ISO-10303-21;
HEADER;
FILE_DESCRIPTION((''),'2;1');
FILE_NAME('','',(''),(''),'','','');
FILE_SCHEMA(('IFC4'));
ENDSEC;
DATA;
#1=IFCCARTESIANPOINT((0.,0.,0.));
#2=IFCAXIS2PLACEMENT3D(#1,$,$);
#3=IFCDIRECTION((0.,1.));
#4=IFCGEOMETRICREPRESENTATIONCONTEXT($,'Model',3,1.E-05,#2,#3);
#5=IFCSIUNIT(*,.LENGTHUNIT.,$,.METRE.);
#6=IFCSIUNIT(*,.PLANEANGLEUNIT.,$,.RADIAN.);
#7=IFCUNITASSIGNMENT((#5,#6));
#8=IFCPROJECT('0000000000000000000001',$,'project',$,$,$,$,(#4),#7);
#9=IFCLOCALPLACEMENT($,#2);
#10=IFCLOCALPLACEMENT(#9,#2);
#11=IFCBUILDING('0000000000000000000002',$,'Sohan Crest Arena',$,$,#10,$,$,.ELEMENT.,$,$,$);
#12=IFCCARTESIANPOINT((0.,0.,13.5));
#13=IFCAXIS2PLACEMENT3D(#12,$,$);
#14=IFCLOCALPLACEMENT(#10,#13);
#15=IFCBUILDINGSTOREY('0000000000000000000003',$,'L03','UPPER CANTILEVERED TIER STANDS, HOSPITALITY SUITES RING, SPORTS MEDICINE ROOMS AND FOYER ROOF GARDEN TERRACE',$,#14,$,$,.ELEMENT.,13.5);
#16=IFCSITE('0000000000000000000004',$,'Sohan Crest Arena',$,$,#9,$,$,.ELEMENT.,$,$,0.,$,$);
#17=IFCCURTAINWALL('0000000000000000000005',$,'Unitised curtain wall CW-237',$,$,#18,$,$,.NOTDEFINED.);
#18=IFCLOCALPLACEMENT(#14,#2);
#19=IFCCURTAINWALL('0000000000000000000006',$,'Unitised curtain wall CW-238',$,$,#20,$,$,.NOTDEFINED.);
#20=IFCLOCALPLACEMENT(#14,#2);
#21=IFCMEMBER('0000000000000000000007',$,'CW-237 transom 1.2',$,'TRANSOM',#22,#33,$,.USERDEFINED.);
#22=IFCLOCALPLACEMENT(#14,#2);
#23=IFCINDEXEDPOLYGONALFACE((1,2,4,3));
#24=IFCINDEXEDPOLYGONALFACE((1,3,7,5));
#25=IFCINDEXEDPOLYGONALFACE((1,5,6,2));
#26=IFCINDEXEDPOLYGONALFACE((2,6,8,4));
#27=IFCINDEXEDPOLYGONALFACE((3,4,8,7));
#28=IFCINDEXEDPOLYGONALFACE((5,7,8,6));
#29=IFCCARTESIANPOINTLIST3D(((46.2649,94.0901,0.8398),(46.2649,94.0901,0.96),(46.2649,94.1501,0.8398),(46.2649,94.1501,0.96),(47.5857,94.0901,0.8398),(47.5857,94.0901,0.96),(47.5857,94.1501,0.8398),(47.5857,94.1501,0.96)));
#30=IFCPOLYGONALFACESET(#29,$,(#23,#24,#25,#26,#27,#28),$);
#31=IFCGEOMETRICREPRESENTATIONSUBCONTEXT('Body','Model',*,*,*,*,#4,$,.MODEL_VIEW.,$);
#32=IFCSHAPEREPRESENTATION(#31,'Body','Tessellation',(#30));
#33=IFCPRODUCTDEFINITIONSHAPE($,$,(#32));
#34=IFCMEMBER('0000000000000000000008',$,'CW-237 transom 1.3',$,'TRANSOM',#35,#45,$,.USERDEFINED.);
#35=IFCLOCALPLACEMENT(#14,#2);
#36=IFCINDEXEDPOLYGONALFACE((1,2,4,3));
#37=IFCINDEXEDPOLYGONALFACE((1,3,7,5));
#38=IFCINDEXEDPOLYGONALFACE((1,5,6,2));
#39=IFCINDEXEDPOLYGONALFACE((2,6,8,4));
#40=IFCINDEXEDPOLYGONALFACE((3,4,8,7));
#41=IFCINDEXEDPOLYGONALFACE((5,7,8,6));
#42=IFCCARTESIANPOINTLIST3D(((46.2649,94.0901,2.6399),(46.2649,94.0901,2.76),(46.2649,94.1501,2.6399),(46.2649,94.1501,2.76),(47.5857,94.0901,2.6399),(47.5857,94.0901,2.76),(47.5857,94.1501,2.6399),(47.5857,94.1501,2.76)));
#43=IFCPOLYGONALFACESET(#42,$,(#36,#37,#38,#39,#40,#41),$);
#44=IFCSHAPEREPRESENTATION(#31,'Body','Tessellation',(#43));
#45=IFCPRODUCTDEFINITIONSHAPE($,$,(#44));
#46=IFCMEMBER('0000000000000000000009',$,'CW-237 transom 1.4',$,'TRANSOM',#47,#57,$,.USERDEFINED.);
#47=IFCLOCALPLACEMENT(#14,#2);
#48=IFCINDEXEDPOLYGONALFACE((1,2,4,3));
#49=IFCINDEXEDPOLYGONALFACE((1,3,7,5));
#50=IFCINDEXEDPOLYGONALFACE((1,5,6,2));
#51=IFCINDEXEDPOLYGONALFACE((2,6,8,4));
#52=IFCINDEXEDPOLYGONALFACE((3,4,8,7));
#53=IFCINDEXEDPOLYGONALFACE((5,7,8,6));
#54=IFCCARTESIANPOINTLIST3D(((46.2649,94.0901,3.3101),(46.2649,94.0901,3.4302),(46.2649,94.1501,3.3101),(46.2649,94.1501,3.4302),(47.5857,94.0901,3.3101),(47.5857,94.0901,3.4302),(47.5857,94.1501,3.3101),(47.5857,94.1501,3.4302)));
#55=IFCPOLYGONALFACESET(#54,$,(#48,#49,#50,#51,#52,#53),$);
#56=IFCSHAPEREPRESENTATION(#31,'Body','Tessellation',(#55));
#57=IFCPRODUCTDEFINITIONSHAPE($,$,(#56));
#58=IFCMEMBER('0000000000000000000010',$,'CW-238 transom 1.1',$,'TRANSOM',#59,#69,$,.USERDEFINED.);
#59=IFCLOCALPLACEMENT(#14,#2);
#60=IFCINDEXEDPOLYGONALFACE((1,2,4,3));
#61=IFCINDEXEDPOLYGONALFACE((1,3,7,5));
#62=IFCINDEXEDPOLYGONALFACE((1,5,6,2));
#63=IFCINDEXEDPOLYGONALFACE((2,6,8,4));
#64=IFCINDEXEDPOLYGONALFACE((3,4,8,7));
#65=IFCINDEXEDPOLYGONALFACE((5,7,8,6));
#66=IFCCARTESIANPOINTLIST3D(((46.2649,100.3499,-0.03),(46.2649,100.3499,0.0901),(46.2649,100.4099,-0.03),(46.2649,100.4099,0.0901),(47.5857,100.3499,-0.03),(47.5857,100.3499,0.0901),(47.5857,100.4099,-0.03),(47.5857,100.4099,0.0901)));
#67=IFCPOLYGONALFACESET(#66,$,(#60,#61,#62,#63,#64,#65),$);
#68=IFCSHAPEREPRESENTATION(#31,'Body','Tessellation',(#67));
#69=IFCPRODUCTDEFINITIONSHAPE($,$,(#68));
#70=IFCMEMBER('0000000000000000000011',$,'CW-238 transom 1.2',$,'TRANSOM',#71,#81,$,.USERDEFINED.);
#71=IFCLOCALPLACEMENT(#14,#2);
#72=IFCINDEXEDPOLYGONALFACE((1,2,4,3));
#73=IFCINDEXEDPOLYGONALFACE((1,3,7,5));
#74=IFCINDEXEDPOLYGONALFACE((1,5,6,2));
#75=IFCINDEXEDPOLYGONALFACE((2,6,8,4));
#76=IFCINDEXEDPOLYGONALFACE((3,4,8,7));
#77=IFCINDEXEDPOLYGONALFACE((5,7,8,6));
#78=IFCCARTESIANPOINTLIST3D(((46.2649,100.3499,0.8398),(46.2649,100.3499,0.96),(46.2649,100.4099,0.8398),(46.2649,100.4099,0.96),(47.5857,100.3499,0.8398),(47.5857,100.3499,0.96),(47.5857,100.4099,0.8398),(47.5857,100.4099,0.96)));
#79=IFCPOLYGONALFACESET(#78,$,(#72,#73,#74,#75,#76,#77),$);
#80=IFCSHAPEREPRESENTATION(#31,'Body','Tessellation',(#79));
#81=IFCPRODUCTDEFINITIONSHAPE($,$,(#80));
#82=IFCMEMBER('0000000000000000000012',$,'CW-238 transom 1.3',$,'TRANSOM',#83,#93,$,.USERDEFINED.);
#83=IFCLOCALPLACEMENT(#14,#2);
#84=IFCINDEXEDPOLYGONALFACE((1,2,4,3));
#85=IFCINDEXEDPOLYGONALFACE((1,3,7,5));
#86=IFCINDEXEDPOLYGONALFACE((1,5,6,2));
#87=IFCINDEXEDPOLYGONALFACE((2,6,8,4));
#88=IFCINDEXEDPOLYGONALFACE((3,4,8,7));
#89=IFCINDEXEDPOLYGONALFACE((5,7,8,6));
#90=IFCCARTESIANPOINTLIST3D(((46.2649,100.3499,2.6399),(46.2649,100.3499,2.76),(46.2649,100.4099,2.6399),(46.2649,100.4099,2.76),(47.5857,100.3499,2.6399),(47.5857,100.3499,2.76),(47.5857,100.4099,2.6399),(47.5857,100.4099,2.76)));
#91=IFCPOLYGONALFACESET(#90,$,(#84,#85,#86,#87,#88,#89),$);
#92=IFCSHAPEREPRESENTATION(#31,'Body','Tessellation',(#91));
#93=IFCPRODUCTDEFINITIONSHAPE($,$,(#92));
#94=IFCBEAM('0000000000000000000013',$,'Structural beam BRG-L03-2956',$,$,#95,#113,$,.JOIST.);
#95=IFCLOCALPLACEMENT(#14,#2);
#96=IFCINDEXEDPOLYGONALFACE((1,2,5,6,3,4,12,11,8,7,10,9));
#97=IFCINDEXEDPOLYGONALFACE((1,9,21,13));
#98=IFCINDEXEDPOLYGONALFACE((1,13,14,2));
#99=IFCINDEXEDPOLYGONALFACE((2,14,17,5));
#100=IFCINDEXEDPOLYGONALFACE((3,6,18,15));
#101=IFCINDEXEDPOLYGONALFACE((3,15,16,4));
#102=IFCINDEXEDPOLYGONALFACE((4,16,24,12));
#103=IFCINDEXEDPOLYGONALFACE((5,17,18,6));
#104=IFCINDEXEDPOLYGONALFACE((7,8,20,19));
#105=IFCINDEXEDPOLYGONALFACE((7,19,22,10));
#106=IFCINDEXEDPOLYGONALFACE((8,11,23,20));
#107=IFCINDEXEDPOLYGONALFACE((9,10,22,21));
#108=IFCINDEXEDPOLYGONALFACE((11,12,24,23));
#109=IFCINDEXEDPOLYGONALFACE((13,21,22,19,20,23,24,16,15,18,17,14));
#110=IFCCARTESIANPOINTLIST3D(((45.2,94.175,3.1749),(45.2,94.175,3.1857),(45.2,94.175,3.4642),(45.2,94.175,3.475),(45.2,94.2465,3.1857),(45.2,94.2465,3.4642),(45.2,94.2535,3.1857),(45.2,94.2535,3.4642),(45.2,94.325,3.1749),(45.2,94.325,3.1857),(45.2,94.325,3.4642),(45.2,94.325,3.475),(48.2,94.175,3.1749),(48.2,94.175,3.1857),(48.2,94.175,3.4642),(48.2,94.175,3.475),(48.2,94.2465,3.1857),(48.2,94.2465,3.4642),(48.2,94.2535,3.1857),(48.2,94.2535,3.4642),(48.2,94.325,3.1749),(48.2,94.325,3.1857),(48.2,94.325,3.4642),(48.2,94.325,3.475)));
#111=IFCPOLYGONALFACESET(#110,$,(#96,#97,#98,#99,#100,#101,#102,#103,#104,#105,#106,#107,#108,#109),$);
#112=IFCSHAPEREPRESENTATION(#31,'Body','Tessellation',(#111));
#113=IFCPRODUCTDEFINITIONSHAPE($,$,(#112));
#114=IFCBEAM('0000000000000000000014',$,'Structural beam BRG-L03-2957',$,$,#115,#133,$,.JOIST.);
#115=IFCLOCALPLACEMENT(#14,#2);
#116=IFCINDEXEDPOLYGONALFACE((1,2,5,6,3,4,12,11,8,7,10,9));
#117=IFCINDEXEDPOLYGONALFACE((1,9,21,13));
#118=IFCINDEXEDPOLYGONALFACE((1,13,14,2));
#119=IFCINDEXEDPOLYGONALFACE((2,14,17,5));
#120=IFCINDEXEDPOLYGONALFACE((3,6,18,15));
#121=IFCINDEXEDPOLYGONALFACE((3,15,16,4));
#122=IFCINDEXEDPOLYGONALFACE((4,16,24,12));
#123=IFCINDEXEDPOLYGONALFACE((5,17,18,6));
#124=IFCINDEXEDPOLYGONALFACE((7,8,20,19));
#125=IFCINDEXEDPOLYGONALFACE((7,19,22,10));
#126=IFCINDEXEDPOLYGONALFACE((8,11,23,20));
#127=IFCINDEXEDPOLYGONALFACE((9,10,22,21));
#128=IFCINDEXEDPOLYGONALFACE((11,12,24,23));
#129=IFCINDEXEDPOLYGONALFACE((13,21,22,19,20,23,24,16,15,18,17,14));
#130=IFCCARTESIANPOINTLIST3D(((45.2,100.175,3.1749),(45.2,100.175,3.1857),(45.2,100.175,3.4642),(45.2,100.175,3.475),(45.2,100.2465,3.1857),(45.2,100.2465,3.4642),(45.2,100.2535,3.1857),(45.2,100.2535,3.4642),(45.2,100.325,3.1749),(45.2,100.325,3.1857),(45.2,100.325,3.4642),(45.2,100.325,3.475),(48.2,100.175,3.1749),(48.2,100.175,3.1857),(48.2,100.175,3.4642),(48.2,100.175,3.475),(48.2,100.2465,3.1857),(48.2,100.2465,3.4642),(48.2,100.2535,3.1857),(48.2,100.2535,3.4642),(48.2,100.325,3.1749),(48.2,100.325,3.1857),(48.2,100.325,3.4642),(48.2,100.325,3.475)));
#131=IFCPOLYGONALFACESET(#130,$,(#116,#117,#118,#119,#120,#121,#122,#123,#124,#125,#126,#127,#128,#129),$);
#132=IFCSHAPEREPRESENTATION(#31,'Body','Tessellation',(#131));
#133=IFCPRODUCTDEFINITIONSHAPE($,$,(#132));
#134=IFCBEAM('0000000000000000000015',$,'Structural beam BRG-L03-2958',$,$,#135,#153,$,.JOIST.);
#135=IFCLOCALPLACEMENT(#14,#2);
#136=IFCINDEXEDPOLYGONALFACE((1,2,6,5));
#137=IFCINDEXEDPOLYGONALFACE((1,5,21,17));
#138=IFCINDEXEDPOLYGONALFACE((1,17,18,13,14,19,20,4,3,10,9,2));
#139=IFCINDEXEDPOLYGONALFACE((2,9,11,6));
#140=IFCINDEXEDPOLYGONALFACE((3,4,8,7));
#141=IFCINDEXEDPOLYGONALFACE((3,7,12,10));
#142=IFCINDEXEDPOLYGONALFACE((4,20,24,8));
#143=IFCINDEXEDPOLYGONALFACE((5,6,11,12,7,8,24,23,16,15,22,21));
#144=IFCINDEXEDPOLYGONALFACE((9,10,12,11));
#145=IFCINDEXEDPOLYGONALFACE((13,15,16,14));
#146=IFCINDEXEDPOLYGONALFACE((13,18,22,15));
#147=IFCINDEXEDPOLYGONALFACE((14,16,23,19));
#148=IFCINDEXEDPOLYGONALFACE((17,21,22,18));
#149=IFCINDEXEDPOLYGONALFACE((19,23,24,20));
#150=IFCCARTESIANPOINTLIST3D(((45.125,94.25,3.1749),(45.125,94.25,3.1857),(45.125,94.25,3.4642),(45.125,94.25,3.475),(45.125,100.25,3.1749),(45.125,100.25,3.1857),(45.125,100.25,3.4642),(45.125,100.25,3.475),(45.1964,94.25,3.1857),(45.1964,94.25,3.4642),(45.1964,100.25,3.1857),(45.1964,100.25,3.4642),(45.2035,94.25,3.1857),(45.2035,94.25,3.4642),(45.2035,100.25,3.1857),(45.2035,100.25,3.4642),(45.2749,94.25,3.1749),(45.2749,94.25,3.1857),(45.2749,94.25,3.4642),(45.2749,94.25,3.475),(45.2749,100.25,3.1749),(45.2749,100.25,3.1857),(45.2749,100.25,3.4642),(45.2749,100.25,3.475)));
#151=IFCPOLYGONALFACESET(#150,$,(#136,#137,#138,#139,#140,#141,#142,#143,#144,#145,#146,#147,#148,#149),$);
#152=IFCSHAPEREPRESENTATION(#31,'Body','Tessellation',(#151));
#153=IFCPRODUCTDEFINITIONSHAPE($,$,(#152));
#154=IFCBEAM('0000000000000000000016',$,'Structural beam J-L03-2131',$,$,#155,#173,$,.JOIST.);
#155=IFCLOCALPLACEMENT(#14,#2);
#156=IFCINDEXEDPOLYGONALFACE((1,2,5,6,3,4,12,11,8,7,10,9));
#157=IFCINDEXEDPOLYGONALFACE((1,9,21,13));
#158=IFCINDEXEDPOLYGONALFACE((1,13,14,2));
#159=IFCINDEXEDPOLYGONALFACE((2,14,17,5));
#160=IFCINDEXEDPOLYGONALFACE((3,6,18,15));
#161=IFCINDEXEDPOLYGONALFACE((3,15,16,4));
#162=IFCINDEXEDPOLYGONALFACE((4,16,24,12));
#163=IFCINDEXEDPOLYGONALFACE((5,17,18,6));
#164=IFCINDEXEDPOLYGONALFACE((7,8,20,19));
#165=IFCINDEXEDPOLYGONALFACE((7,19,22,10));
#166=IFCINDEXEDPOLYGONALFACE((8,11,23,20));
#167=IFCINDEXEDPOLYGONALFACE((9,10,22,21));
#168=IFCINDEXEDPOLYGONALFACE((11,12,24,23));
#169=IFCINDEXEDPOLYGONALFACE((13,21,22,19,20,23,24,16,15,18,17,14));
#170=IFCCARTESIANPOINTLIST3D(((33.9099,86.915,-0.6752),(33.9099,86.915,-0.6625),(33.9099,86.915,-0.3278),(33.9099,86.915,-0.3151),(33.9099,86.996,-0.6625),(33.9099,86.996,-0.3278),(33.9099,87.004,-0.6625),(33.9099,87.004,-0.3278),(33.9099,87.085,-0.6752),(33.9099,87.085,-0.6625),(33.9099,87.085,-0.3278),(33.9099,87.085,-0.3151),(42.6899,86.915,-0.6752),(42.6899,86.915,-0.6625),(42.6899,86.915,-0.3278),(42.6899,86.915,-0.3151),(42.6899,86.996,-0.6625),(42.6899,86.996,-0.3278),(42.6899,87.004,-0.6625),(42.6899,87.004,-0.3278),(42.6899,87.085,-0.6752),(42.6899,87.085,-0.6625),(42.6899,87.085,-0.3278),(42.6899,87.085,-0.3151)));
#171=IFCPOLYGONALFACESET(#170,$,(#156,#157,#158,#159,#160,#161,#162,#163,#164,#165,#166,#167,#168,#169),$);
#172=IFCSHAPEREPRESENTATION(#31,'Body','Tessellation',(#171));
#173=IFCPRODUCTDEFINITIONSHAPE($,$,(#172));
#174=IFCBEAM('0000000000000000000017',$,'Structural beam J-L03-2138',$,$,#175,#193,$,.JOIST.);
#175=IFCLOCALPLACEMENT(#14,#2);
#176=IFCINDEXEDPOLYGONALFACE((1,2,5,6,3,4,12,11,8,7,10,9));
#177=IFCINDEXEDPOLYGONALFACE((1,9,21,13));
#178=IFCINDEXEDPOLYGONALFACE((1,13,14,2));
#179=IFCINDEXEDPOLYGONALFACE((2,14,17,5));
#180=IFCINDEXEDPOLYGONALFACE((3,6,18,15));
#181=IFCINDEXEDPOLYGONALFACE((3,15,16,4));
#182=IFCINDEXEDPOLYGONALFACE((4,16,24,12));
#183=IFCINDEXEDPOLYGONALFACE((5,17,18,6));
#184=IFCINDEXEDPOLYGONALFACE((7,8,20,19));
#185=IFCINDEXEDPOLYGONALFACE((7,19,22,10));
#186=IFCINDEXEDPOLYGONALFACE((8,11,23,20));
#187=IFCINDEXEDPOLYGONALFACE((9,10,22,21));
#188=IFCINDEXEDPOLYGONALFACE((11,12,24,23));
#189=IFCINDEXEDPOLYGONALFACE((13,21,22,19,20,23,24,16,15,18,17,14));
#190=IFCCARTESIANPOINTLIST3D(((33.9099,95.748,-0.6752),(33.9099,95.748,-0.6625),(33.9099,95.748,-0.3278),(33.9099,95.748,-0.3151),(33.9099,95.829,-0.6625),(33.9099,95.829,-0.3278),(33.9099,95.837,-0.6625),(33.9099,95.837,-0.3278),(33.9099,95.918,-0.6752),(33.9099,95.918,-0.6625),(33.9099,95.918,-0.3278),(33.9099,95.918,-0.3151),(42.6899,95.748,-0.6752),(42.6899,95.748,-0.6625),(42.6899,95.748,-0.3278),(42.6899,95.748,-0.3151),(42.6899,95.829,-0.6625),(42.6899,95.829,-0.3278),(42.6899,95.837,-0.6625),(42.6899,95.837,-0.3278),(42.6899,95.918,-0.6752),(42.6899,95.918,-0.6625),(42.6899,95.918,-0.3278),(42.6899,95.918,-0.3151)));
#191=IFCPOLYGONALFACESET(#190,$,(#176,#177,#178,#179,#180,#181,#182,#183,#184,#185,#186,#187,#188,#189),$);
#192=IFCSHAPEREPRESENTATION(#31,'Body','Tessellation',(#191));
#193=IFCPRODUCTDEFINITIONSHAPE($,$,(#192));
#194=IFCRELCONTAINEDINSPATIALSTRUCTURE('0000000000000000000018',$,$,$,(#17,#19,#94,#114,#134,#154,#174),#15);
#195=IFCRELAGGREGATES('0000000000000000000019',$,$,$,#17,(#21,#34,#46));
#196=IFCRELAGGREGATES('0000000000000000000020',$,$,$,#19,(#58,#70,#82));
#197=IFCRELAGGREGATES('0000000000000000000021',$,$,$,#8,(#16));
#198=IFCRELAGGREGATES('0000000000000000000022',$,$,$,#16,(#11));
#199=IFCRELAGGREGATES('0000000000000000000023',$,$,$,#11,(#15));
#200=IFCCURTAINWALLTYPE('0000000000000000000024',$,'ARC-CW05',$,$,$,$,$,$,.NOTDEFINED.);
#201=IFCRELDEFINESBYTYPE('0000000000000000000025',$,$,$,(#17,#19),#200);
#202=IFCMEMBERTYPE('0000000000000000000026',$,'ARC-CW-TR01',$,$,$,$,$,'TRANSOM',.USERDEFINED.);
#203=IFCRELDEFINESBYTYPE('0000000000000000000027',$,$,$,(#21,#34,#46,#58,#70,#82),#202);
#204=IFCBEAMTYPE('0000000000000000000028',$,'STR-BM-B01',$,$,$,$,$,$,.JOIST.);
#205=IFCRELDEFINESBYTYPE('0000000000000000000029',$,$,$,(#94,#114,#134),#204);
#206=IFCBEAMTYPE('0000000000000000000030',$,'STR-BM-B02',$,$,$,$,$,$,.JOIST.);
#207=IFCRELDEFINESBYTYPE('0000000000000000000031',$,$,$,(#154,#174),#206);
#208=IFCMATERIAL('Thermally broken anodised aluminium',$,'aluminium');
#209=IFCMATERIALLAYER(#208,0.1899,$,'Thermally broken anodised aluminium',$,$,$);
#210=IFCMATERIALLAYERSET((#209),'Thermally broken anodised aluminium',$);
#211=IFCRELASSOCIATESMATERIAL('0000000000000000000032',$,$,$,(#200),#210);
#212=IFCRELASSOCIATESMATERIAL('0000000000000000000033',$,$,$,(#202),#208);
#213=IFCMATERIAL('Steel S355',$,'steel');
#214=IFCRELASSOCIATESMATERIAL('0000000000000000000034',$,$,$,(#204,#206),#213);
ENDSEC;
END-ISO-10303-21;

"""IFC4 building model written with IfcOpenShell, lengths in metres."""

from ifc_helpers import new_model, si_unit, direction, frame, origin, origin_2d, place, context, subcontext, project, spatial, rectangle, i_section, extrude, material, layer, layer_set, material_profile, profile_set, type_object, element, aggregate, save


model = new_model("IFC4")

# Units and contexts
model_context = context("Model", 3, precision=1e-05, world=origin(), true_north=direction((0.0, 1.0)))
body_context = subcontext(model_context, "Body", "Model", "MODEL_VIEW")
ifc_project = project(units=[si_unit("LENGTHUNIT", "METRE"), si_unit("PLANEANGLEUNIT", "RADIAN")], contexts=[model_context])

# Site, building, storey
site_placement = place(None, origin())
site = spatial("IfcSite", under=ifc_project, at=site_placement, Name="Sohan Crest Arena", CompositionType="ELEMENT", RefElevation=0.0)
building_placement = place(site_placement, origin())
building = spatial("IfcBuilding", under=site, at=building_placement, Name="Sohan Crest Arena", CompositionType="ELEMENT")
storey_placement = place(building_placement, frame((0.0, 0.0, 13.5)))
storey = spatial("IfcBuildingStorey", under=building, at=storey_placement, Name="L03", Description="UPPER CANTILEVERED TIER STANDS, HOSPITALITY SUITES RING, SPORTS MEDICINE ROOMS AND FOYER ROOF GARDEN TERRACE", CompositionType="ELEMENT", Elevation=13.5)

# Shared definitions
ifc_material_1 = material(Name="Steel S355", Category="steel")

# Curtain walls
ifc_material_2 = material(Name="Thermally broken anodised aluminium", Category="aluminium")
ifc_layer_1 = layer(ifc_material_2, 0.1899, Name="Thermally broken anodised aluminium")
ifc_layer_set_1 = layer_set([ifc_layer_1], Name="Thermally broken anodised aluminium")
curtain_wall_type = type_object("IfcCurtainWallType", Name="ARC-CW05", PredefinedType="NOTDEFINED", material=ifc_layer_set_1)
curtain_wall_1_placement = place(storey_placement, origin())
curtain_wall_1 = element("IfcCurtainWall", 1, at=curtain_wall_1_placement, inside=storey, type_object=curtain_wall_type, Name="Unitised curtain wall CW-237", PredefinedType="NOTDEFINED")
curtain_wall_2_placement = place(storey_placement, origin())
curtain_wall_2 = element("IfcCurtainWall", 2, at=curtain_wall_2_placement, inside=storey, type_object=curtain_wall_type, Name="Unitised curtain wall CW-238", PredefinedType="NOTDEFINED")

# Members
ifc_material_profile_1 = material_profile(ifc_material_2, rectangle(XDim=0.0601, YDim=0.1201, at=origin_2d()), Name="ALU-TRAN 60x120")
ifc_profile_set_1 = profile_set([ifc_material_profile_1], Name="Thermally broken anodised aluminium")
member_type_1 = type_object("IfcMemberType", Name="ARC-CW-TR01", ElementType="TRANSOM", PredefinedType="USERDEFINED", material=ifc_profile_set_1)
member_1_placement = place(storey_placement, frame((46.2649, 94.1201, 0.8999), z_axis=(1.0, 0.0, 0.0), x_axis=(0.0, 1.0, 0.0)))
member_1 = element("IfcMember", 3, at=member_1_placement, type_object=member_type_1, Name="CW-237 transom 1.2", ObjectType="TRANSOM", PredefinedType="USERDEFINED", context=body_context, shape_type="SweptSolid", body=[
    extrude(rectangle(XDim=0.0601, YDim=0.1201, at=origin_2d()), origin(), (0.0, 0.0, 1.0), 1.3208),
])
member_2_placement = place(storey_placement, frame((46.2649, 94.1201, 2.7), z_axis=(1.0, 0.0, 0.0), x_axis=(0.0, 1.0, 0.0)))
member_2 = element("IfcMember", 4, at=member_2_placement, type_object=member_type_1, Name="CW-237 transom 1.3", ObjectType="TRANSOM", PredefinedType="USERDEFINED", context=body_context, shape_type="SweptSolid", body=[
    extrude(rectangle(XDim=0.0601, YDim=0.1201, at=origin_2d()), origin(), (0.0, 0.0, 1.0), 1.3208),
])
member_3_placement = place(storey_placement, frame((46.2649, 94.1201, 3.3701), z_axis=(1.0, 0.0, 0.0), x_axis=(0.0, 1.0, 0.0)))
member_3 = element("IfcMember", 5, at=member_3_placement, type_object=member_type_1, Name="CW-237 transom 1.4", ObjectType="TRANSOM", PredefinedType="USERDEFINED", context=body_context, shape_type="SweptSolid", body=[
    extrude(rectangle(XDim=0.0601, YDim=0.1201, at=origin_2d()), origin(), (0.0, 0.0, 1.0), 1.3208),
])
aggregate(curtain_wall_1, [member_1, member_2, member_3])
member_4_placement = place(storey_placement, frame((46.2649, 100.3799, 0.03), z_axis=(1.0, 0.0, 0.0), x_axis=(0.0, 1.0, 0.0)))
member_4 = element("IfcMember", 6, at=member_4_placement, type_object=member_type_1, Name="CW-238 transom 1.1", ObjectType="TRANSOM", PredefinedType="USERDEFINED", context=body_context, shape_type="SweptSolid", body=[
    extrude(rectangle(XDim=0.0601, YDim=0.1201, at=origin_2d()), origin(), (0.0, 0.0, 1.0), 1.3208),
])
member_5_placement = place(storey_placement, frame((46.2649, 100.3799, 0.8999), z_axis=(1.0, 0.0, 0.0), x_axis=(0.0, 1.0, 0.0)))
member_5 = element("IfcMember", 7, at=member_5_placement, type_object=member_type_1, Name="CW-238 transom 1.2", ObjectType="TRANSOM", PredefinedType="USERDEFINED", context=body_context, shape_type="SweptSolid", body=[
    extrude(rectangle(XDim=0.0601, YDim=0.1201, at=origin_2d()), origin(), (0.0, 0.0, 1.0), 1.3208),
])
member_6_placement = place(storey_placement, frame((46.2649, 100.3799, 2.7), z_axis=(1.0, 0.0, 0.0), x_axis=(0.0, 1.0, 0.0)))
member_6 = element("IfcMember", 8, at=member_6_placement, type_object=member_type_1, Name="CW-238 transom 1.3", ObjectType="TRANSOM", PredefinedType="USERDEFINED", context=body_context, shape_type="SweptSolid", body=[
    extrude(rectangle(XDim=0.0601, YDim=0.1201, at=origin_2d()), origin(), (0.0, 0.0, 1.0), 1.3208),
])
aggregate(curtain_wall_2, [member_4, member_5, member_6])

# Beams
ifc_material_profile_2 = material_profile(ifc_material_1, i_section(OverallWidth=0.1499, OverallDepth=0.3, WebThickness=0.0071, FlangeThickness=0.0107, at=origin_2d()), Name="IPE 300")
ifc_profile_set_2 = profile_set([ifc_material_profile_2], Name="Steel S355")
beam_type_1 = type_object("IfcBeamType", Name="STR-BM-B01", PredefinedType="JOIST", material=ifc_profile_set_2)
for number, where, z_axis, x_axis, name in (
    (9, (45.2, 94.25, 3.325), (1.0, 0.0, 0.0), (0.0, 1.0, 0.0), "Structural beam BRG-L03-2956"),
    (10, (45.2, 100.25, 3.325), (1.0, 0.0, 0.0), (0.0, 1.0, 0.0), "Structural beam BRG-L03-2957"),
):
    element("IfcBeam", number, at=place(storey_placement, frame(where, z_axis=z_axis, x_axis=x_axis)), inside=storey, type_object=beam_type_1, Name=name, PredefinedType="JOIST", context=body_context, shape_type="SweptSolid", body=[
        extrude(i_section(OverallWidth=0.1499, OverallDepth=0.3, WebThickness=0.0071, FlangeThickness=0.0107, at=origin_2d()), origin(), (0.0, 0.0, 1.0), 3.0),
    ])
beam_1_placement = place(storey_placement, frame((45.2, 94.25, 3.325), z_axis=(0.0, 1.0, 0.0), x_axis=(-1.0, 0.0, 0.0)))
element("IfcBeam", 11, at=beam_1_placement, inside=storey, type_object=beam_type_1, Name="Structural beam BRG-L03-2958", PredefinedType="JOIST", context=body_context, shape_type="SweptSolid", body=[
    extrude(i_section(OverallWidth=0.1499, OverallDepth=0.3, WebThickness=0.0071, FlangeThickness=0.0107, at=origin_2d()), origin(), (0.0, 0.0, 1.0), 6.0),
])
ifc_material_profile_3 = material_profile(ifc_material_1, i_section(OverallWidth=0.1699, OverallDepth=0.3601, WebThickness=0.0081, FlangeThickness=0.0127, at=origin_2d()), Name="IPE 360")
ifc_profile_set_3 = profile_set([ifc_material_profile_3], Name="Steel S355")
beam_type_2 = type_object("IfcBeamType", Name="STR-BM-B02", PredefinedType="JOIST", material=ifc_profile_set_3)
for number, where, z_axis, x_axis, name in (
    (12, (33.9099, 87.0, -0.4951), (1.0, 0.0, 0.0), (0.0, 1.0, 0.0), "Structural beam J-L03-2131"),
    (13, (33.9099, 95.833, -0.4951), (1.0, 0.0, 0.0), (0.0, 1.0, 0.0), "Structural beam J-L03-2138"),
):
    element("IfcBeam", number, at=place(storey_placement, frame(where, z_axis=z_axis, x_axis=x_axis)), inside=storey, type_object=beam_type_2, Name=name, PredefinedType="JOIST", context=body_context, shape_type="SweptSolid", body=[
        extrude(i_section(OverallWidth=0.1699, OverallDepth=0.3601, WebThickness=0.0081, FlangeThickness=0.0127, at=origin_2d()), origin(), (0.0, 0.0, 1.0), 8.78),
    ])

save(model, "model.ifc")
